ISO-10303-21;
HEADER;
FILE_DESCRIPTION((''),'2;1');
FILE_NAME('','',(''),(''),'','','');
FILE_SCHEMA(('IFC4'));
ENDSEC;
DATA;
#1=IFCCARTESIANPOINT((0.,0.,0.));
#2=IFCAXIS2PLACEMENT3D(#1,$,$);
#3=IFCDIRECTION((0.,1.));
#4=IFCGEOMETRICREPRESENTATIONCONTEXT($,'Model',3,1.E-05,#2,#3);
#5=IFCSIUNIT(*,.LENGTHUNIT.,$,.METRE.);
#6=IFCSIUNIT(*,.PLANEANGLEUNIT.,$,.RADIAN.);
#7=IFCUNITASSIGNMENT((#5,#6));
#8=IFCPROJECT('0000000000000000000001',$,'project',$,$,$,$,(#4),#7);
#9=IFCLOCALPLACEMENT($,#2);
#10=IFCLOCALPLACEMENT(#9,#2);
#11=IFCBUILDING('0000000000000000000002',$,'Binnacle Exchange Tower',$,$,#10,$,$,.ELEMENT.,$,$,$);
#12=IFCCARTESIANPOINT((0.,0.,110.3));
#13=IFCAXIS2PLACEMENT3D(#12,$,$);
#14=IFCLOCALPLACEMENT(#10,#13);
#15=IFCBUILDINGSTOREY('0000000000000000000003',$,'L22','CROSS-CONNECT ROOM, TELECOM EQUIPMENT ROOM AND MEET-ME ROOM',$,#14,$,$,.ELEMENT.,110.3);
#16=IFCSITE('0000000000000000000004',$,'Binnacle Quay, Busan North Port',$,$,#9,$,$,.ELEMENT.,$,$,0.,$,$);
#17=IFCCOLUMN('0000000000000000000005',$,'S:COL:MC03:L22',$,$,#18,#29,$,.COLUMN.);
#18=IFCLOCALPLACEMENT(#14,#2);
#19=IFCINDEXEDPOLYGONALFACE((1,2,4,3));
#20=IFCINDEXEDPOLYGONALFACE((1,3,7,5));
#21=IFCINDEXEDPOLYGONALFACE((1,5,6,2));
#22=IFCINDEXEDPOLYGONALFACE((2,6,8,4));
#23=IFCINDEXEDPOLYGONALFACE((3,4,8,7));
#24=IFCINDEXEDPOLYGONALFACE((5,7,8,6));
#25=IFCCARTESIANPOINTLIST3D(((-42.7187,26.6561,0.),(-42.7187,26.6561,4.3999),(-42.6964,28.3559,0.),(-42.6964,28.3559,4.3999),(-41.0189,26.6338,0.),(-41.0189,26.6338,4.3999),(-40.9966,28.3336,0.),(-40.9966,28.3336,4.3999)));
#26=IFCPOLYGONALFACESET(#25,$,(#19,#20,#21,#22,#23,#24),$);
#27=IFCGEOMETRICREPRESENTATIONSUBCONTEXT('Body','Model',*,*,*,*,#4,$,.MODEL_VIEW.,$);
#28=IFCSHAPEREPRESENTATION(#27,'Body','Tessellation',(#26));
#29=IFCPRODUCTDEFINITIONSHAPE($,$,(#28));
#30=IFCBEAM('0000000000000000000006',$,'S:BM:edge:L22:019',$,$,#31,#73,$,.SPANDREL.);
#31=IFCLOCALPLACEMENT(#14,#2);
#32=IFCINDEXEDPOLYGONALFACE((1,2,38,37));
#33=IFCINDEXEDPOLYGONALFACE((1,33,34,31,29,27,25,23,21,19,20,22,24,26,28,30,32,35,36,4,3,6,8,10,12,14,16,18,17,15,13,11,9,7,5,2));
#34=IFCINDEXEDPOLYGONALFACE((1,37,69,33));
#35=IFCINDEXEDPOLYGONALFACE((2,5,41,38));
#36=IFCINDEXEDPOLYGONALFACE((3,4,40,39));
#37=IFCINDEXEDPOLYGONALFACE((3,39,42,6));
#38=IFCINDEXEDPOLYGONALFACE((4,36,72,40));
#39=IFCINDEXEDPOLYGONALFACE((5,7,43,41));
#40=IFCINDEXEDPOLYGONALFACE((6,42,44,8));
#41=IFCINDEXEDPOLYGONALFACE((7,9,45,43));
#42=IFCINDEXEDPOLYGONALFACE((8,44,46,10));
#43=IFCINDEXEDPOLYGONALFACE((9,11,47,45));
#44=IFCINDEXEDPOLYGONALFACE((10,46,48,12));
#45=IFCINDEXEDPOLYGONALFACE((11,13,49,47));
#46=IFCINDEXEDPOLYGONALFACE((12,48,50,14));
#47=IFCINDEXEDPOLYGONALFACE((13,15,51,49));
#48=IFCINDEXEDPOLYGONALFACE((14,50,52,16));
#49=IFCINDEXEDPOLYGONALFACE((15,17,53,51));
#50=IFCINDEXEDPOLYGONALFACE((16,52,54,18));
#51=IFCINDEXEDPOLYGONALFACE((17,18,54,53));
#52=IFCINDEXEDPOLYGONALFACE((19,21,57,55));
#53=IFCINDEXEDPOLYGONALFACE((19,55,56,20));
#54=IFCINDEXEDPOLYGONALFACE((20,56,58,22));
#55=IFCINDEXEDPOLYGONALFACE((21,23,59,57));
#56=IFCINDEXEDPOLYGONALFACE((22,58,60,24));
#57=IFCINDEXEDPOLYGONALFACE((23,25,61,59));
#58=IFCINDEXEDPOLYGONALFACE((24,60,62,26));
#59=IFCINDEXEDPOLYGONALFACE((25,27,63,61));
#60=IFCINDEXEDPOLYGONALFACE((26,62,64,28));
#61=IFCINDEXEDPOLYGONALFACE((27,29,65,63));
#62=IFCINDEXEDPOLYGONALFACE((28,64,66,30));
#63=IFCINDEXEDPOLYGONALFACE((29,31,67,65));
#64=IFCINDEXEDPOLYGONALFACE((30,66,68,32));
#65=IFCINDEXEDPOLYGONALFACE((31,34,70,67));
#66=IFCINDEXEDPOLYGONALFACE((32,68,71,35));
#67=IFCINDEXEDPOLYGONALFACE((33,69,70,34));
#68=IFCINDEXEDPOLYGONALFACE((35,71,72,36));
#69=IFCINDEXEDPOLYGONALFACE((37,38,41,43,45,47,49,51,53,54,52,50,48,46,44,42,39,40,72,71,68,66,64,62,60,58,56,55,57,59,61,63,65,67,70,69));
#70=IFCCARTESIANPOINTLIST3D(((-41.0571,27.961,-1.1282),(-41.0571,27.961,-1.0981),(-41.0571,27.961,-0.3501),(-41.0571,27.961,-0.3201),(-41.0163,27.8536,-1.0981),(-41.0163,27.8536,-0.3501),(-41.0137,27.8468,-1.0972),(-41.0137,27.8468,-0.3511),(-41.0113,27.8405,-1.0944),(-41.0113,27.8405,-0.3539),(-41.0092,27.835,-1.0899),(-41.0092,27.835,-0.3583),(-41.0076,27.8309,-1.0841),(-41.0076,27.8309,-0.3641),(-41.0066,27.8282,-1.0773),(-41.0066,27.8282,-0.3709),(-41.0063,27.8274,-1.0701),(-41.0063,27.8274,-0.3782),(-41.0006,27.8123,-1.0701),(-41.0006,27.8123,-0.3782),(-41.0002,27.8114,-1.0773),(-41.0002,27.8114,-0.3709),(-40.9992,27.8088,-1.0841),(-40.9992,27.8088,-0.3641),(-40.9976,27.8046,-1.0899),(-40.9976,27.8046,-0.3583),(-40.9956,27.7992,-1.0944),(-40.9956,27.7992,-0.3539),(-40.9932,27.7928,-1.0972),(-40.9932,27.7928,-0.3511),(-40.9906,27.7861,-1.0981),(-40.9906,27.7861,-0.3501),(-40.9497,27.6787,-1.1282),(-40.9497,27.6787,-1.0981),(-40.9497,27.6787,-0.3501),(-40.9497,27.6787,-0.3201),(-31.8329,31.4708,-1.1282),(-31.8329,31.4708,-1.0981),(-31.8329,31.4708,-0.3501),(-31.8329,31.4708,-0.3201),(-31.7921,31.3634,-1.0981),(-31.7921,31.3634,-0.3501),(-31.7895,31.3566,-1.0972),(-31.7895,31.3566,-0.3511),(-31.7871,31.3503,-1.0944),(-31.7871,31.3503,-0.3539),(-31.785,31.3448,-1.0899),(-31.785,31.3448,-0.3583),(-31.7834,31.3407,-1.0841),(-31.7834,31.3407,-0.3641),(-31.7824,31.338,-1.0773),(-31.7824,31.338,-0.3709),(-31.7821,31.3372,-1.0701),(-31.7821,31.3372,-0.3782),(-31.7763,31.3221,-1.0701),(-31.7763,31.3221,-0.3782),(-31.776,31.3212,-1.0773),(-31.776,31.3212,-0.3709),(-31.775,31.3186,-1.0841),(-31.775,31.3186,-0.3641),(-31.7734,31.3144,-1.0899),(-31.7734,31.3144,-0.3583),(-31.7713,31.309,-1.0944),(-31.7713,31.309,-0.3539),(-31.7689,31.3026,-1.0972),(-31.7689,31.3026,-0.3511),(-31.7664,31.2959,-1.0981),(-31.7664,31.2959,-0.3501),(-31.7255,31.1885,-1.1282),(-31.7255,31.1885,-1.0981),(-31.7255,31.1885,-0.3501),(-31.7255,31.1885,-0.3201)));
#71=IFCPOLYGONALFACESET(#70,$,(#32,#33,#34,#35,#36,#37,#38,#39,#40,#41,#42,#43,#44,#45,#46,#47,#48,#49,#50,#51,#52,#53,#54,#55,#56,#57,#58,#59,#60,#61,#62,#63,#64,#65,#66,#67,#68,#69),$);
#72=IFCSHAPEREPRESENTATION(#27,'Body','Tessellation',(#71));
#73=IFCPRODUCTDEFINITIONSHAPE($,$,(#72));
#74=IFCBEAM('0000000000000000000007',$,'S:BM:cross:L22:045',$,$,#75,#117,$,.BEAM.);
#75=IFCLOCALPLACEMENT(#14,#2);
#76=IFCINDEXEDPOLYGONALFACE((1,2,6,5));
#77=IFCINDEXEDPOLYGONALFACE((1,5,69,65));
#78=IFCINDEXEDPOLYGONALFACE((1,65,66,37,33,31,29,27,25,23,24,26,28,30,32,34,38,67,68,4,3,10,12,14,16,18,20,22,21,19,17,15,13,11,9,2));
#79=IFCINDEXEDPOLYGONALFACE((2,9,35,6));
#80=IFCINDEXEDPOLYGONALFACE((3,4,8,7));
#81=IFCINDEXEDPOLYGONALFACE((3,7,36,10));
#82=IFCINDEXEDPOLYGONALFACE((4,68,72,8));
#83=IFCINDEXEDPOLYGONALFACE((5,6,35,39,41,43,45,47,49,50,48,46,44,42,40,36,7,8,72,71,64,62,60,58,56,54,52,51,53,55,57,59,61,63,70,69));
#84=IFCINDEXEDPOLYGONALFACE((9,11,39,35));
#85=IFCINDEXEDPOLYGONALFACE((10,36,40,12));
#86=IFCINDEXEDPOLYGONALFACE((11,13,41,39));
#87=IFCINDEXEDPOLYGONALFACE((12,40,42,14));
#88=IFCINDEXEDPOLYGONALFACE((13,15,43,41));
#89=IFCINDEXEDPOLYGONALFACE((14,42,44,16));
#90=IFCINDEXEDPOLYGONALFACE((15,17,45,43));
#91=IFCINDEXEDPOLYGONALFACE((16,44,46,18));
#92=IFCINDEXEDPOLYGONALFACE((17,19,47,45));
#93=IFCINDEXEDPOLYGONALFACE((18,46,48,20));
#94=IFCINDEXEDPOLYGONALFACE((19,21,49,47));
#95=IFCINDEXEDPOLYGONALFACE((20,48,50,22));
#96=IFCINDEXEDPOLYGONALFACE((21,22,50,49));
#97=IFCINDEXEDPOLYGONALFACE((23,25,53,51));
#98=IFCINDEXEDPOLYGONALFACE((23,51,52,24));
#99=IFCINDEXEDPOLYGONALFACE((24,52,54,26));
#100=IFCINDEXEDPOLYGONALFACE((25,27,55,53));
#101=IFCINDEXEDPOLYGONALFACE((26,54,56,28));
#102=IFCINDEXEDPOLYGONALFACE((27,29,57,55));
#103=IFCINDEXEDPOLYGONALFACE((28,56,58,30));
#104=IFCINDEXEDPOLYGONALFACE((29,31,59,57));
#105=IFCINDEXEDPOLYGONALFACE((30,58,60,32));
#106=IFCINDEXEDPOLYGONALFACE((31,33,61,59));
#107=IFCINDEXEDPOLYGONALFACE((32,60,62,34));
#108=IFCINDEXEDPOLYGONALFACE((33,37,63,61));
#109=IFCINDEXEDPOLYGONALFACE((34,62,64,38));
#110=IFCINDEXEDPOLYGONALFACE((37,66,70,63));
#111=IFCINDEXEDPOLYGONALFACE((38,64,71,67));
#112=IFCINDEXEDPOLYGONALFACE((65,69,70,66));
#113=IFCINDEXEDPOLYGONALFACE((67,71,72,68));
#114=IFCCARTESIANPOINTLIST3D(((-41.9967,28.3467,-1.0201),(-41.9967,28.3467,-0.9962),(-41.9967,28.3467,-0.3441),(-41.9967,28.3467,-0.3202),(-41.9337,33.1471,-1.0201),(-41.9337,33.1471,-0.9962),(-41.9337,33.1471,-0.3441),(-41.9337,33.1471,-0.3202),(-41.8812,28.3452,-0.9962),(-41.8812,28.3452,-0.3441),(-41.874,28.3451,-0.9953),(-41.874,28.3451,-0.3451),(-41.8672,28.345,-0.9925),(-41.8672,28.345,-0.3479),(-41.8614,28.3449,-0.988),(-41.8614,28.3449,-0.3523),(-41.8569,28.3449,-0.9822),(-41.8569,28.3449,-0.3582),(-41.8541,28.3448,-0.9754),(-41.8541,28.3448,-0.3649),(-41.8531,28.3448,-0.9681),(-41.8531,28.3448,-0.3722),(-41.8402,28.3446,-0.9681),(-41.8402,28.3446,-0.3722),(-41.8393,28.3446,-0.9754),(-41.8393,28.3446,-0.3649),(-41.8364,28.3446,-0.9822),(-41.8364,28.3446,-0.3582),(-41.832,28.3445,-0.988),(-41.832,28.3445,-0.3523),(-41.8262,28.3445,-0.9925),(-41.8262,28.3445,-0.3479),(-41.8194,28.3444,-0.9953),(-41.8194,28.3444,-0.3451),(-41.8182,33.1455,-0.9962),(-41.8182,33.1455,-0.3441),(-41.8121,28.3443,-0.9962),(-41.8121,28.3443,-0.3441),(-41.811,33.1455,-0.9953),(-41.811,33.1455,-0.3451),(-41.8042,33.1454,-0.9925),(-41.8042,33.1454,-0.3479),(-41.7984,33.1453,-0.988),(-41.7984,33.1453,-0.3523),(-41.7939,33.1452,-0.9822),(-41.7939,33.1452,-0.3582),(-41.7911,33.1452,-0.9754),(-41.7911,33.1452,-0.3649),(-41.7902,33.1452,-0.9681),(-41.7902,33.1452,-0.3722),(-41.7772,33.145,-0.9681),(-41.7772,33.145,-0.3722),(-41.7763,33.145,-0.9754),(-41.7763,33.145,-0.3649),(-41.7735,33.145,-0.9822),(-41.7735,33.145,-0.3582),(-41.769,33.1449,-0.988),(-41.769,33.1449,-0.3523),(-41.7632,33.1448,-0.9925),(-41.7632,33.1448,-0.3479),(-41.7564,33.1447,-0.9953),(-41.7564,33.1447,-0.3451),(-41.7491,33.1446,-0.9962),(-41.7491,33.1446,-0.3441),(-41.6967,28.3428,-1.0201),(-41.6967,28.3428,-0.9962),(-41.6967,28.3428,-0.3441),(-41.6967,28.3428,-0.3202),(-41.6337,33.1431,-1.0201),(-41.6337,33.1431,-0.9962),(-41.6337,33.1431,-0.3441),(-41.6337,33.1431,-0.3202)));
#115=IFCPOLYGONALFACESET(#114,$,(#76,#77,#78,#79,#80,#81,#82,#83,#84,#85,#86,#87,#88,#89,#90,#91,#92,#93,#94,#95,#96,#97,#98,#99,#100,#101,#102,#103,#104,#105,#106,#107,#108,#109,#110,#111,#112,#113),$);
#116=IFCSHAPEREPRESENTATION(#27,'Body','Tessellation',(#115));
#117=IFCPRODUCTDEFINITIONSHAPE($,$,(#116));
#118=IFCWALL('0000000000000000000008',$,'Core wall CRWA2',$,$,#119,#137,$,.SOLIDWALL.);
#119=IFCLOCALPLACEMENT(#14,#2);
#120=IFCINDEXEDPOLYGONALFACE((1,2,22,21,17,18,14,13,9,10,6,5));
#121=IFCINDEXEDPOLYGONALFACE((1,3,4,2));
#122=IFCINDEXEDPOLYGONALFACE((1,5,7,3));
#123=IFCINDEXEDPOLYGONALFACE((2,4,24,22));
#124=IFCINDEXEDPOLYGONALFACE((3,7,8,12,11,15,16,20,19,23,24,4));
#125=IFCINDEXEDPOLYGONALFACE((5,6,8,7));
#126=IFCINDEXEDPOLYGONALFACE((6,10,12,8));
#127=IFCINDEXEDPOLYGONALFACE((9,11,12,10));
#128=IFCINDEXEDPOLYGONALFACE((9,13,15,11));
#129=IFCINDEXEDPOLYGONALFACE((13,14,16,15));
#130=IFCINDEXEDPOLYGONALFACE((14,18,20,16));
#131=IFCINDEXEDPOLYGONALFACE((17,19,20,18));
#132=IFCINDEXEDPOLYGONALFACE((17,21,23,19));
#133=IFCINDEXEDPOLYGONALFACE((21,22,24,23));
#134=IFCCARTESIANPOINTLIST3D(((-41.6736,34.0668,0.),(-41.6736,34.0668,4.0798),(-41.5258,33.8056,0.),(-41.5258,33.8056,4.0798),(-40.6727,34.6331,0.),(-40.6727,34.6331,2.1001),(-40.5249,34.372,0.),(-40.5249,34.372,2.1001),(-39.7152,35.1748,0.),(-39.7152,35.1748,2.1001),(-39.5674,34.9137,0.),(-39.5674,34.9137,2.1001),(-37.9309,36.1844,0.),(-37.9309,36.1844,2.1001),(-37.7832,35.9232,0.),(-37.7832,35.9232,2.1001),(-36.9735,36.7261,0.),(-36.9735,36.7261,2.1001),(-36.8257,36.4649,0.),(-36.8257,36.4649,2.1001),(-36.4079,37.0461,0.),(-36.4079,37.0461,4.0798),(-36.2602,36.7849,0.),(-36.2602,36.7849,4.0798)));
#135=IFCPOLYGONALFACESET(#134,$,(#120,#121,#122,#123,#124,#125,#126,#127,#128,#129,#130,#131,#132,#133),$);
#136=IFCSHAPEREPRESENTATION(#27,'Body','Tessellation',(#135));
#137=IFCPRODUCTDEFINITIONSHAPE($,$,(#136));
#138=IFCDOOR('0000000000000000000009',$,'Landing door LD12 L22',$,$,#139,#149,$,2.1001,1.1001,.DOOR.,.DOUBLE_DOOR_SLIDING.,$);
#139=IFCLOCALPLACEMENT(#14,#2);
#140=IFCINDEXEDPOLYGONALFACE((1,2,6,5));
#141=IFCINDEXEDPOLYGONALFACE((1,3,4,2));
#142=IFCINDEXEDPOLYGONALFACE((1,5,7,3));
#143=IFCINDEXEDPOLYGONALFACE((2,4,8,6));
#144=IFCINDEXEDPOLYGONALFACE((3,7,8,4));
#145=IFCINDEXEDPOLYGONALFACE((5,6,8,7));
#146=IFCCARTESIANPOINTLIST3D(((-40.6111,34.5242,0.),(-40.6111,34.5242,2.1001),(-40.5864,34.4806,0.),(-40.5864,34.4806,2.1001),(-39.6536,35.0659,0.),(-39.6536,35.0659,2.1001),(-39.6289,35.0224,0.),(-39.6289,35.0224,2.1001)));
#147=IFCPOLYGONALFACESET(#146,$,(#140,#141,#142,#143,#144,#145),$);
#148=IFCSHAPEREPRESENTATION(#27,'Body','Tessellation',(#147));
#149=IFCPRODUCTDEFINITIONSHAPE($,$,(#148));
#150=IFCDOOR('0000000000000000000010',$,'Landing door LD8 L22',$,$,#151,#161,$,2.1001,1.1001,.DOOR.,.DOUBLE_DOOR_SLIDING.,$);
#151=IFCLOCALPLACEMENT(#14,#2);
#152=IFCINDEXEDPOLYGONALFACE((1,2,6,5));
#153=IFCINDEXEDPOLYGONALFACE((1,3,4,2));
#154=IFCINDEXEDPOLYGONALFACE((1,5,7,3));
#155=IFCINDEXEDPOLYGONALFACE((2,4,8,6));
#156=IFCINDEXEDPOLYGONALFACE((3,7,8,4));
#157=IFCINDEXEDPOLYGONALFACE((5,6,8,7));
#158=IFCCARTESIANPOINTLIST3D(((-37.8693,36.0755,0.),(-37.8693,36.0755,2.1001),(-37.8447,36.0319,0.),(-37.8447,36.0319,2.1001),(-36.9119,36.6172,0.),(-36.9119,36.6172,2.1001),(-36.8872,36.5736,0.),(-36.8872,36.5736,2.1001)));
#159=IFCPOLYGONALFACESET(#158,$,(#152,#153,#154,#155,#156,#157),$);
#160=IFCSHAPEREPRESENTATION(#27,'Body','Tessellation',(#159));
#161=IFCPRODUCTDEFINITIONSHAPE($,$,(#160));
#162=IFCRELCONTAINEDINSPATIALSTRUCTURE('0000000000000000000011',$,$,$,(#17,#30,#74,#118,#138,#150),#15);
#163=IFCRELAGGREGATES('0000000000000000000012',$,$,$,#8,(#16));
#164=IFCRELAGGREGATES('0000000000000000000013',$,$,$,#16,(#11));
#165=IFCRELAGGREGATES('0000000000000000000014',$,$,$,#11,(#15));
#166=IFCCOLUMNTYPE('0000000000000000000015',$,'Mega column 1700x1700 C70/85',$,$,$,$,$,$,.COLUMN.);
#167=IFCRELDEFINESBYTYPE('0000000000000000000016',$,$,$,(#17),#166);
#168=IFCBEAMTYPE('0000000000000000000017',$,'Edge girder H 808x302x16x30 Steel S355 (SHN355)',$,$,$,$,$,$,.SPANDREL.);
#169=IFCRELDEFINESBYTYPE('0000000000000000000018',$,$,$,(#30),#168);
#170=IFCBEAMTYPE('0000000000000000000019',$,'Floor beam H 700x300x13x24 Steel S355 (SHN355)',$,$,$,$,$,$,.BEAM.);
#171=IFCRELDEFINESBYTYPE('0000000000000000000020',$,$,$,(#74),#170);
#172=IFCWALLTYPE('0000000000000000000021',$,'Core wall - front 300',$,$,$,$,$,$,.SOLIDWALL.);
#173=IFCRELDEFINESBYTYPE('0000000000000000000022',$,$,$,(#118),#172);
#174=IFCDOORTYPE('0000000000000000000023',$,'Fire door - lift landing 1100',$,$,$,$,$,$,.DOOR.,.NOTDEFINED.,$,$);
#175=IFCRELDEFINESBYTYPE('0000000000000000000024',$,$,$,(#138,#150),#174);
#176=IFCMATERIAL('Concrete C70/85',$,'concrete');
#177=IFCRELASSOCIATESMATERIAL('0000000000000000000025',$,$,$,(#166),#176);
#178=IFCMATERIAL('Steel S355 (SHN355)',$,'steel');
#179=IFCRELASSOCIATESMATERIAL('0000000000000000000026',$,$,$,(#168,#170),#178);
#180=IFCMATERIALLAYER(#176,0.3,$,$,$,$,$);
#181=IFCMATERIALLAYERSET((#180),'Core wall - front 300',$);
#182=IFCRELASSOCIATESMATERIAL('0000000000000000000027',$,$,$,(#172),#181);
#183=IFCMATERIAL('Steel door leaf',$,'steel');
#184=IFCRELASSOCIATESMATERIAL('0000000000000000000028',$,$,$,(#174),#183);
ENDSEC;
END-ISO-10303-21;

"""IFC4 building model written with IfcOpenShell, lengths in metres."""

from ifc_helpers import new_model, si_unit, direction, frame, frame_2d, origin, origin_2d, place, context, subcontext, project, spatial, rectangle, i_section, extrude, material, layer, layer_set, material_profile, profile_set, type_object, element, fill, save


model = new_model("IFC4")

# Units and contexts
model_context = context("Model", 3, precision=1e-05, world=origin(), true_north=direction((0.0, 1.0)))
body_context = subcontext(model_context, "Body", "Model", "MODEL_VIEW")
ifc_project = project(units=[si_unit("LENGTHUNIT", "METRE"), si_unit("PLANEANGLEUNIT", "RADIAN")], contexts=[model_context])

# Site, building, storey
site_placement = place(None, origin())
site = spatial("IfcSite", under=ifc_project, at=site_placement, Name="Binnacle Quay, Busan North Port", CompositionType="ELEMENT", RefElevation=0.0)
building_placement = place(site_placement, origin())
building = spatial("IfcBuilding", under=site, at=building_placement, Name="Binnacle Exchange Tower", CompositionType="ELEMENT")
storey_placement = place(building_placement, frame((0.0, 0.0, 110.3)))
storey = spatial("IfcBuildingStorey", under=building, at=storey_placement, Name="L22", Description="CROSS-CONNECT ROOM, TELECOM EQUIPMENT ROOM AND MEET-ME ROOM", CompositionType="ELEMENT", Elevation=110.3)

# Column
ifc_material_1 = material(Name="Concrete C70/85", Category="concrete")
ifc_material_profile_1 = material_profile(ifc_material_1, rectangle(XDim=1.7, YDim=1.7, at=origin_2d()), Name="Mega column 1700x1700 C70/85")
ifc_profile_set_1 = profile_set([ifc_material_profile_1], Name="Concrete C70/85")
column_type = type_object("IfcColumnType", Name="Mega column 1700x1700 C70/85", PredefinedType="COLUMN", material=ifc_profile_set_1)
column_placement = place(storey_placement, frame((-41.8577, 27.4949, 0.0), z_axis=(0.0, 0.0, 1.0), x_axis=(0.999914, -0.01309, 0.0)))
element("IfcColumn", 1, at=column_placement, inside=storey, type_object=column_type, Name="S:COL:MC03:L22", PredefinedType="COLUMN", context=body_context, shape_type="SweptSolid", body=[
    extrude(rectangle(XDim=1.7, YDim=1.7, at=origin_2d()), origin(), (0.0, 0.0, 1.0), 4.3999),
])

# Beams
ifc_material_2 = material(Name="Steel S355 (SHN355)", Category="steel")
ifc_material_profile_2 = material_profile(ifc_material_2, i_section(OverallWidth=0.302, OverallDepth=0.8081, WebThickness=0.0161, FlangeThickness=0.03, FilletRadius=0.0281, at=origin_2d()), Name="H 808x302x16x30")
ifc_profile_set_2 = profile_set([ifc_material_profile_2], Name="Steel S355 (SHN355)")
beam_type_1 = type_object("IfcBeamType", Name="Edge girder H 808x302x16x30 Steel S355 (SHN355)", PredefinedType="SPANDREL", material=ifc_profile_set_2)
beam_1_placement = place(storey_placement, frame((-41.0034, 27.8198, -0.7241), z_axis=(0.934629, 0.355625, 0.0), x_axis=(-0.355625, 0.934629, 0.0)))
element("IfcBeam", 2, at=beam_1_placement, inside=storey, type_object=beam_type_1, Name="S:BM:edge:L22:019", PredefinedType="SPANDREL", context=body_context, shape_type="SweptSolid", body=[
    extrude(i_section(OverallWidth=0.302, OverallDepth=0.8081, WebThickness=0.0161, FlangeThickness=0.03, FilletRadius=0.0281, at=origin_2d()), origin(), (0.0, 0.0, 1.0), 9.8694),
])
ifc_material_profile_3 = material_profile(ifc_material_2, i_section(OverallWidth=0.3, OverallDepth=0.7, WebThickness=0.0129, FlangeThickness=0.0239, FilletRadius=0.0281, at=origin_2d()), Name="H 700x300x13x24")
ifc_profile_set_3 = profile_set([ifc_material_profile_3], Name="Steel S355 (SHN355)")
beam_type_2 = type_object("IfcBeamType", Name="Floor beam H 700x300x13x24 Steel S355 (SHN355)", PredefinedType="BEAM", material=ifc_profile_set_3)
beam_2_placement = place(storey_placement, frame((-41.8467, 28.3447, -0.6702), z_axis=(0.013121, 0.999914, 0.0), x_axis=(-0.999914, 0.013121, 0.0)))
element("IfcBeam", 3, at=beam_2_placement, inside=storey, type_object=beam_type_2, Name="S:BM:cross:L22:045", PredefinedType="BEAM", context=body_context, shape_type="SweptSolid", body=[
    extrude(i_section(OverallWidth=0.3, OverallDepth=0.7, WebThickness=0.0129, FlangeThickness=0.0239, FilletRadius=0.0281, at=origin_2d()), origin(), (0.0, 0.0, 1.0), 4.8008),
])

# Wall, openings, doors
ifc_layer_1 = layer(ifc_material_1, 0.3)
ifc_layer_set_1 = layer_set([ifc_layer_1], Name="Core wall - front 300")
wall_type_1 = type_object("IfcWallType", Name="Core wall - front 300", PredefinedType="SOLIDWALL", material=ifc_layer_set_1)
wall_1_placement = place(storey_placement, frame((-41.5996, 33.9363, 0.0), z_axis=(0.0, 0.0, 1.0), x_axis=(0.870349, 0.492436, 0.0)))
wall_1 = element("IfcWall", 4, at=wall_1_placement, inside=storey, type_object=wall_type_1, Name="Core wall CRWA2", PredefinedType="SOLIDWALL", context=body_context, shape_type="SweptSolid", body=[
    extrude(rectangle(XDim=6.05, YDim=0.3, at=frame_2d((3.0249, 0.0))), origin(), (0.0, 0.0, 1.0), 4.0798),
])
opening_1_placement = place(wall_1_placement, frame((1.1499, 0.0, 0.0)))
opening_1 = element("IfcOpeningElement", 5, at=opening_1_placement, cuts=wall_1, PredefinedType="OPENING", context=body_context, shape_type="SweptSolid", body=[
    extrude(rectangle(XDim=1.1001, YDim=2.1001, at=frame_2d((0.55, 1.05))), frame((0.0, 0.1599, 0.0), z_axis=(0.0, -1.0, 0.0), x_axis=(1.0, 0.0, 0.0)), (0.0, 0.0, 1.0), 0.3201),
])
opening_2_placement = place(wall_1_placement, frame((4.3, 0.0, 0.0)))
opening_2 = element("IfcOpeningElement", 6, at=opening_2_placement, cuts=wall_1, PredefinedType="OPENING", context=body_context, shape_type="SweptSolid", body=[
    extrude(rectangle(XDim=1.1001, YDim=2.1001, at=frame_2d((0.55, 1.05))), frame((0.0, 0.1599, 0.0), z_axis=(0.0, -1.0, 0.0), x_axis=(1.0, 0.0, 0.0)), (0.0, 0.0, 1.0), 0.3201),
])
ifc_material_3 = material(Name="Steel door leaf", Category="steel")
door_type_1 = type_object("IfcDoorType", Name="Fire door - lift landing 1100", OperationType="NOTDEFINED", PredefinedType="DOOR", material=ifc_material_3)
door_1_placement = place(opening_1_placement, origin())
door_1 = element("IfcDoor", 7, at=door_1_placement, inside=storey, type_object=door_type_1, Name="Landing door LD12 L22", OperationType="DOUBLE_DOOR_SLIDING", OverallHeight=2.1001, OverallWidth=1.1001, PredefinedType="DOOR", context=body_context, shape_type="SweptSolid", body=[
    extrude(rectangle(XDim=1.1001, YDim=2.1001, at=frame_2d((0.55, 1.05))), frame((0.0, 0.0249, 0.0), z_axis=(0.0, -1.0, 0.0), x_axis=(1.0, 0.0, 0.0)), (0.0, 0.0, 1.0), 0.05),
])
fill(opening_1, door_1)
door_2_placement = place(opening_2_placement, origin())
door_2 = element("IfcDoor", 8, at=door_2_placement, inside=storey, type_object=door_type_1, Name="Landing door LD8 L22", OperationType="DOUBLE_DOOR_SLIDING", OverallHeight=2.1001, OverallWidth=1.1001, PredefinedType="DOOR", context=body_context, shape_type="SweptSolid", body=[
    extrude(rectangle(XDim=1.1001, YDim=2.1001, at=frame_2d((0.55, 1.05))), frame((0.0, 0.0249, 0.0), z_axis=(0.0, -1.0, 0.0), x_axis=(1.0, 0.0, 0.0)), (0.0, 0.0, 1.0), 0.05),
])
fill(opening_2, door_2)

save(model, "model.ifc")
